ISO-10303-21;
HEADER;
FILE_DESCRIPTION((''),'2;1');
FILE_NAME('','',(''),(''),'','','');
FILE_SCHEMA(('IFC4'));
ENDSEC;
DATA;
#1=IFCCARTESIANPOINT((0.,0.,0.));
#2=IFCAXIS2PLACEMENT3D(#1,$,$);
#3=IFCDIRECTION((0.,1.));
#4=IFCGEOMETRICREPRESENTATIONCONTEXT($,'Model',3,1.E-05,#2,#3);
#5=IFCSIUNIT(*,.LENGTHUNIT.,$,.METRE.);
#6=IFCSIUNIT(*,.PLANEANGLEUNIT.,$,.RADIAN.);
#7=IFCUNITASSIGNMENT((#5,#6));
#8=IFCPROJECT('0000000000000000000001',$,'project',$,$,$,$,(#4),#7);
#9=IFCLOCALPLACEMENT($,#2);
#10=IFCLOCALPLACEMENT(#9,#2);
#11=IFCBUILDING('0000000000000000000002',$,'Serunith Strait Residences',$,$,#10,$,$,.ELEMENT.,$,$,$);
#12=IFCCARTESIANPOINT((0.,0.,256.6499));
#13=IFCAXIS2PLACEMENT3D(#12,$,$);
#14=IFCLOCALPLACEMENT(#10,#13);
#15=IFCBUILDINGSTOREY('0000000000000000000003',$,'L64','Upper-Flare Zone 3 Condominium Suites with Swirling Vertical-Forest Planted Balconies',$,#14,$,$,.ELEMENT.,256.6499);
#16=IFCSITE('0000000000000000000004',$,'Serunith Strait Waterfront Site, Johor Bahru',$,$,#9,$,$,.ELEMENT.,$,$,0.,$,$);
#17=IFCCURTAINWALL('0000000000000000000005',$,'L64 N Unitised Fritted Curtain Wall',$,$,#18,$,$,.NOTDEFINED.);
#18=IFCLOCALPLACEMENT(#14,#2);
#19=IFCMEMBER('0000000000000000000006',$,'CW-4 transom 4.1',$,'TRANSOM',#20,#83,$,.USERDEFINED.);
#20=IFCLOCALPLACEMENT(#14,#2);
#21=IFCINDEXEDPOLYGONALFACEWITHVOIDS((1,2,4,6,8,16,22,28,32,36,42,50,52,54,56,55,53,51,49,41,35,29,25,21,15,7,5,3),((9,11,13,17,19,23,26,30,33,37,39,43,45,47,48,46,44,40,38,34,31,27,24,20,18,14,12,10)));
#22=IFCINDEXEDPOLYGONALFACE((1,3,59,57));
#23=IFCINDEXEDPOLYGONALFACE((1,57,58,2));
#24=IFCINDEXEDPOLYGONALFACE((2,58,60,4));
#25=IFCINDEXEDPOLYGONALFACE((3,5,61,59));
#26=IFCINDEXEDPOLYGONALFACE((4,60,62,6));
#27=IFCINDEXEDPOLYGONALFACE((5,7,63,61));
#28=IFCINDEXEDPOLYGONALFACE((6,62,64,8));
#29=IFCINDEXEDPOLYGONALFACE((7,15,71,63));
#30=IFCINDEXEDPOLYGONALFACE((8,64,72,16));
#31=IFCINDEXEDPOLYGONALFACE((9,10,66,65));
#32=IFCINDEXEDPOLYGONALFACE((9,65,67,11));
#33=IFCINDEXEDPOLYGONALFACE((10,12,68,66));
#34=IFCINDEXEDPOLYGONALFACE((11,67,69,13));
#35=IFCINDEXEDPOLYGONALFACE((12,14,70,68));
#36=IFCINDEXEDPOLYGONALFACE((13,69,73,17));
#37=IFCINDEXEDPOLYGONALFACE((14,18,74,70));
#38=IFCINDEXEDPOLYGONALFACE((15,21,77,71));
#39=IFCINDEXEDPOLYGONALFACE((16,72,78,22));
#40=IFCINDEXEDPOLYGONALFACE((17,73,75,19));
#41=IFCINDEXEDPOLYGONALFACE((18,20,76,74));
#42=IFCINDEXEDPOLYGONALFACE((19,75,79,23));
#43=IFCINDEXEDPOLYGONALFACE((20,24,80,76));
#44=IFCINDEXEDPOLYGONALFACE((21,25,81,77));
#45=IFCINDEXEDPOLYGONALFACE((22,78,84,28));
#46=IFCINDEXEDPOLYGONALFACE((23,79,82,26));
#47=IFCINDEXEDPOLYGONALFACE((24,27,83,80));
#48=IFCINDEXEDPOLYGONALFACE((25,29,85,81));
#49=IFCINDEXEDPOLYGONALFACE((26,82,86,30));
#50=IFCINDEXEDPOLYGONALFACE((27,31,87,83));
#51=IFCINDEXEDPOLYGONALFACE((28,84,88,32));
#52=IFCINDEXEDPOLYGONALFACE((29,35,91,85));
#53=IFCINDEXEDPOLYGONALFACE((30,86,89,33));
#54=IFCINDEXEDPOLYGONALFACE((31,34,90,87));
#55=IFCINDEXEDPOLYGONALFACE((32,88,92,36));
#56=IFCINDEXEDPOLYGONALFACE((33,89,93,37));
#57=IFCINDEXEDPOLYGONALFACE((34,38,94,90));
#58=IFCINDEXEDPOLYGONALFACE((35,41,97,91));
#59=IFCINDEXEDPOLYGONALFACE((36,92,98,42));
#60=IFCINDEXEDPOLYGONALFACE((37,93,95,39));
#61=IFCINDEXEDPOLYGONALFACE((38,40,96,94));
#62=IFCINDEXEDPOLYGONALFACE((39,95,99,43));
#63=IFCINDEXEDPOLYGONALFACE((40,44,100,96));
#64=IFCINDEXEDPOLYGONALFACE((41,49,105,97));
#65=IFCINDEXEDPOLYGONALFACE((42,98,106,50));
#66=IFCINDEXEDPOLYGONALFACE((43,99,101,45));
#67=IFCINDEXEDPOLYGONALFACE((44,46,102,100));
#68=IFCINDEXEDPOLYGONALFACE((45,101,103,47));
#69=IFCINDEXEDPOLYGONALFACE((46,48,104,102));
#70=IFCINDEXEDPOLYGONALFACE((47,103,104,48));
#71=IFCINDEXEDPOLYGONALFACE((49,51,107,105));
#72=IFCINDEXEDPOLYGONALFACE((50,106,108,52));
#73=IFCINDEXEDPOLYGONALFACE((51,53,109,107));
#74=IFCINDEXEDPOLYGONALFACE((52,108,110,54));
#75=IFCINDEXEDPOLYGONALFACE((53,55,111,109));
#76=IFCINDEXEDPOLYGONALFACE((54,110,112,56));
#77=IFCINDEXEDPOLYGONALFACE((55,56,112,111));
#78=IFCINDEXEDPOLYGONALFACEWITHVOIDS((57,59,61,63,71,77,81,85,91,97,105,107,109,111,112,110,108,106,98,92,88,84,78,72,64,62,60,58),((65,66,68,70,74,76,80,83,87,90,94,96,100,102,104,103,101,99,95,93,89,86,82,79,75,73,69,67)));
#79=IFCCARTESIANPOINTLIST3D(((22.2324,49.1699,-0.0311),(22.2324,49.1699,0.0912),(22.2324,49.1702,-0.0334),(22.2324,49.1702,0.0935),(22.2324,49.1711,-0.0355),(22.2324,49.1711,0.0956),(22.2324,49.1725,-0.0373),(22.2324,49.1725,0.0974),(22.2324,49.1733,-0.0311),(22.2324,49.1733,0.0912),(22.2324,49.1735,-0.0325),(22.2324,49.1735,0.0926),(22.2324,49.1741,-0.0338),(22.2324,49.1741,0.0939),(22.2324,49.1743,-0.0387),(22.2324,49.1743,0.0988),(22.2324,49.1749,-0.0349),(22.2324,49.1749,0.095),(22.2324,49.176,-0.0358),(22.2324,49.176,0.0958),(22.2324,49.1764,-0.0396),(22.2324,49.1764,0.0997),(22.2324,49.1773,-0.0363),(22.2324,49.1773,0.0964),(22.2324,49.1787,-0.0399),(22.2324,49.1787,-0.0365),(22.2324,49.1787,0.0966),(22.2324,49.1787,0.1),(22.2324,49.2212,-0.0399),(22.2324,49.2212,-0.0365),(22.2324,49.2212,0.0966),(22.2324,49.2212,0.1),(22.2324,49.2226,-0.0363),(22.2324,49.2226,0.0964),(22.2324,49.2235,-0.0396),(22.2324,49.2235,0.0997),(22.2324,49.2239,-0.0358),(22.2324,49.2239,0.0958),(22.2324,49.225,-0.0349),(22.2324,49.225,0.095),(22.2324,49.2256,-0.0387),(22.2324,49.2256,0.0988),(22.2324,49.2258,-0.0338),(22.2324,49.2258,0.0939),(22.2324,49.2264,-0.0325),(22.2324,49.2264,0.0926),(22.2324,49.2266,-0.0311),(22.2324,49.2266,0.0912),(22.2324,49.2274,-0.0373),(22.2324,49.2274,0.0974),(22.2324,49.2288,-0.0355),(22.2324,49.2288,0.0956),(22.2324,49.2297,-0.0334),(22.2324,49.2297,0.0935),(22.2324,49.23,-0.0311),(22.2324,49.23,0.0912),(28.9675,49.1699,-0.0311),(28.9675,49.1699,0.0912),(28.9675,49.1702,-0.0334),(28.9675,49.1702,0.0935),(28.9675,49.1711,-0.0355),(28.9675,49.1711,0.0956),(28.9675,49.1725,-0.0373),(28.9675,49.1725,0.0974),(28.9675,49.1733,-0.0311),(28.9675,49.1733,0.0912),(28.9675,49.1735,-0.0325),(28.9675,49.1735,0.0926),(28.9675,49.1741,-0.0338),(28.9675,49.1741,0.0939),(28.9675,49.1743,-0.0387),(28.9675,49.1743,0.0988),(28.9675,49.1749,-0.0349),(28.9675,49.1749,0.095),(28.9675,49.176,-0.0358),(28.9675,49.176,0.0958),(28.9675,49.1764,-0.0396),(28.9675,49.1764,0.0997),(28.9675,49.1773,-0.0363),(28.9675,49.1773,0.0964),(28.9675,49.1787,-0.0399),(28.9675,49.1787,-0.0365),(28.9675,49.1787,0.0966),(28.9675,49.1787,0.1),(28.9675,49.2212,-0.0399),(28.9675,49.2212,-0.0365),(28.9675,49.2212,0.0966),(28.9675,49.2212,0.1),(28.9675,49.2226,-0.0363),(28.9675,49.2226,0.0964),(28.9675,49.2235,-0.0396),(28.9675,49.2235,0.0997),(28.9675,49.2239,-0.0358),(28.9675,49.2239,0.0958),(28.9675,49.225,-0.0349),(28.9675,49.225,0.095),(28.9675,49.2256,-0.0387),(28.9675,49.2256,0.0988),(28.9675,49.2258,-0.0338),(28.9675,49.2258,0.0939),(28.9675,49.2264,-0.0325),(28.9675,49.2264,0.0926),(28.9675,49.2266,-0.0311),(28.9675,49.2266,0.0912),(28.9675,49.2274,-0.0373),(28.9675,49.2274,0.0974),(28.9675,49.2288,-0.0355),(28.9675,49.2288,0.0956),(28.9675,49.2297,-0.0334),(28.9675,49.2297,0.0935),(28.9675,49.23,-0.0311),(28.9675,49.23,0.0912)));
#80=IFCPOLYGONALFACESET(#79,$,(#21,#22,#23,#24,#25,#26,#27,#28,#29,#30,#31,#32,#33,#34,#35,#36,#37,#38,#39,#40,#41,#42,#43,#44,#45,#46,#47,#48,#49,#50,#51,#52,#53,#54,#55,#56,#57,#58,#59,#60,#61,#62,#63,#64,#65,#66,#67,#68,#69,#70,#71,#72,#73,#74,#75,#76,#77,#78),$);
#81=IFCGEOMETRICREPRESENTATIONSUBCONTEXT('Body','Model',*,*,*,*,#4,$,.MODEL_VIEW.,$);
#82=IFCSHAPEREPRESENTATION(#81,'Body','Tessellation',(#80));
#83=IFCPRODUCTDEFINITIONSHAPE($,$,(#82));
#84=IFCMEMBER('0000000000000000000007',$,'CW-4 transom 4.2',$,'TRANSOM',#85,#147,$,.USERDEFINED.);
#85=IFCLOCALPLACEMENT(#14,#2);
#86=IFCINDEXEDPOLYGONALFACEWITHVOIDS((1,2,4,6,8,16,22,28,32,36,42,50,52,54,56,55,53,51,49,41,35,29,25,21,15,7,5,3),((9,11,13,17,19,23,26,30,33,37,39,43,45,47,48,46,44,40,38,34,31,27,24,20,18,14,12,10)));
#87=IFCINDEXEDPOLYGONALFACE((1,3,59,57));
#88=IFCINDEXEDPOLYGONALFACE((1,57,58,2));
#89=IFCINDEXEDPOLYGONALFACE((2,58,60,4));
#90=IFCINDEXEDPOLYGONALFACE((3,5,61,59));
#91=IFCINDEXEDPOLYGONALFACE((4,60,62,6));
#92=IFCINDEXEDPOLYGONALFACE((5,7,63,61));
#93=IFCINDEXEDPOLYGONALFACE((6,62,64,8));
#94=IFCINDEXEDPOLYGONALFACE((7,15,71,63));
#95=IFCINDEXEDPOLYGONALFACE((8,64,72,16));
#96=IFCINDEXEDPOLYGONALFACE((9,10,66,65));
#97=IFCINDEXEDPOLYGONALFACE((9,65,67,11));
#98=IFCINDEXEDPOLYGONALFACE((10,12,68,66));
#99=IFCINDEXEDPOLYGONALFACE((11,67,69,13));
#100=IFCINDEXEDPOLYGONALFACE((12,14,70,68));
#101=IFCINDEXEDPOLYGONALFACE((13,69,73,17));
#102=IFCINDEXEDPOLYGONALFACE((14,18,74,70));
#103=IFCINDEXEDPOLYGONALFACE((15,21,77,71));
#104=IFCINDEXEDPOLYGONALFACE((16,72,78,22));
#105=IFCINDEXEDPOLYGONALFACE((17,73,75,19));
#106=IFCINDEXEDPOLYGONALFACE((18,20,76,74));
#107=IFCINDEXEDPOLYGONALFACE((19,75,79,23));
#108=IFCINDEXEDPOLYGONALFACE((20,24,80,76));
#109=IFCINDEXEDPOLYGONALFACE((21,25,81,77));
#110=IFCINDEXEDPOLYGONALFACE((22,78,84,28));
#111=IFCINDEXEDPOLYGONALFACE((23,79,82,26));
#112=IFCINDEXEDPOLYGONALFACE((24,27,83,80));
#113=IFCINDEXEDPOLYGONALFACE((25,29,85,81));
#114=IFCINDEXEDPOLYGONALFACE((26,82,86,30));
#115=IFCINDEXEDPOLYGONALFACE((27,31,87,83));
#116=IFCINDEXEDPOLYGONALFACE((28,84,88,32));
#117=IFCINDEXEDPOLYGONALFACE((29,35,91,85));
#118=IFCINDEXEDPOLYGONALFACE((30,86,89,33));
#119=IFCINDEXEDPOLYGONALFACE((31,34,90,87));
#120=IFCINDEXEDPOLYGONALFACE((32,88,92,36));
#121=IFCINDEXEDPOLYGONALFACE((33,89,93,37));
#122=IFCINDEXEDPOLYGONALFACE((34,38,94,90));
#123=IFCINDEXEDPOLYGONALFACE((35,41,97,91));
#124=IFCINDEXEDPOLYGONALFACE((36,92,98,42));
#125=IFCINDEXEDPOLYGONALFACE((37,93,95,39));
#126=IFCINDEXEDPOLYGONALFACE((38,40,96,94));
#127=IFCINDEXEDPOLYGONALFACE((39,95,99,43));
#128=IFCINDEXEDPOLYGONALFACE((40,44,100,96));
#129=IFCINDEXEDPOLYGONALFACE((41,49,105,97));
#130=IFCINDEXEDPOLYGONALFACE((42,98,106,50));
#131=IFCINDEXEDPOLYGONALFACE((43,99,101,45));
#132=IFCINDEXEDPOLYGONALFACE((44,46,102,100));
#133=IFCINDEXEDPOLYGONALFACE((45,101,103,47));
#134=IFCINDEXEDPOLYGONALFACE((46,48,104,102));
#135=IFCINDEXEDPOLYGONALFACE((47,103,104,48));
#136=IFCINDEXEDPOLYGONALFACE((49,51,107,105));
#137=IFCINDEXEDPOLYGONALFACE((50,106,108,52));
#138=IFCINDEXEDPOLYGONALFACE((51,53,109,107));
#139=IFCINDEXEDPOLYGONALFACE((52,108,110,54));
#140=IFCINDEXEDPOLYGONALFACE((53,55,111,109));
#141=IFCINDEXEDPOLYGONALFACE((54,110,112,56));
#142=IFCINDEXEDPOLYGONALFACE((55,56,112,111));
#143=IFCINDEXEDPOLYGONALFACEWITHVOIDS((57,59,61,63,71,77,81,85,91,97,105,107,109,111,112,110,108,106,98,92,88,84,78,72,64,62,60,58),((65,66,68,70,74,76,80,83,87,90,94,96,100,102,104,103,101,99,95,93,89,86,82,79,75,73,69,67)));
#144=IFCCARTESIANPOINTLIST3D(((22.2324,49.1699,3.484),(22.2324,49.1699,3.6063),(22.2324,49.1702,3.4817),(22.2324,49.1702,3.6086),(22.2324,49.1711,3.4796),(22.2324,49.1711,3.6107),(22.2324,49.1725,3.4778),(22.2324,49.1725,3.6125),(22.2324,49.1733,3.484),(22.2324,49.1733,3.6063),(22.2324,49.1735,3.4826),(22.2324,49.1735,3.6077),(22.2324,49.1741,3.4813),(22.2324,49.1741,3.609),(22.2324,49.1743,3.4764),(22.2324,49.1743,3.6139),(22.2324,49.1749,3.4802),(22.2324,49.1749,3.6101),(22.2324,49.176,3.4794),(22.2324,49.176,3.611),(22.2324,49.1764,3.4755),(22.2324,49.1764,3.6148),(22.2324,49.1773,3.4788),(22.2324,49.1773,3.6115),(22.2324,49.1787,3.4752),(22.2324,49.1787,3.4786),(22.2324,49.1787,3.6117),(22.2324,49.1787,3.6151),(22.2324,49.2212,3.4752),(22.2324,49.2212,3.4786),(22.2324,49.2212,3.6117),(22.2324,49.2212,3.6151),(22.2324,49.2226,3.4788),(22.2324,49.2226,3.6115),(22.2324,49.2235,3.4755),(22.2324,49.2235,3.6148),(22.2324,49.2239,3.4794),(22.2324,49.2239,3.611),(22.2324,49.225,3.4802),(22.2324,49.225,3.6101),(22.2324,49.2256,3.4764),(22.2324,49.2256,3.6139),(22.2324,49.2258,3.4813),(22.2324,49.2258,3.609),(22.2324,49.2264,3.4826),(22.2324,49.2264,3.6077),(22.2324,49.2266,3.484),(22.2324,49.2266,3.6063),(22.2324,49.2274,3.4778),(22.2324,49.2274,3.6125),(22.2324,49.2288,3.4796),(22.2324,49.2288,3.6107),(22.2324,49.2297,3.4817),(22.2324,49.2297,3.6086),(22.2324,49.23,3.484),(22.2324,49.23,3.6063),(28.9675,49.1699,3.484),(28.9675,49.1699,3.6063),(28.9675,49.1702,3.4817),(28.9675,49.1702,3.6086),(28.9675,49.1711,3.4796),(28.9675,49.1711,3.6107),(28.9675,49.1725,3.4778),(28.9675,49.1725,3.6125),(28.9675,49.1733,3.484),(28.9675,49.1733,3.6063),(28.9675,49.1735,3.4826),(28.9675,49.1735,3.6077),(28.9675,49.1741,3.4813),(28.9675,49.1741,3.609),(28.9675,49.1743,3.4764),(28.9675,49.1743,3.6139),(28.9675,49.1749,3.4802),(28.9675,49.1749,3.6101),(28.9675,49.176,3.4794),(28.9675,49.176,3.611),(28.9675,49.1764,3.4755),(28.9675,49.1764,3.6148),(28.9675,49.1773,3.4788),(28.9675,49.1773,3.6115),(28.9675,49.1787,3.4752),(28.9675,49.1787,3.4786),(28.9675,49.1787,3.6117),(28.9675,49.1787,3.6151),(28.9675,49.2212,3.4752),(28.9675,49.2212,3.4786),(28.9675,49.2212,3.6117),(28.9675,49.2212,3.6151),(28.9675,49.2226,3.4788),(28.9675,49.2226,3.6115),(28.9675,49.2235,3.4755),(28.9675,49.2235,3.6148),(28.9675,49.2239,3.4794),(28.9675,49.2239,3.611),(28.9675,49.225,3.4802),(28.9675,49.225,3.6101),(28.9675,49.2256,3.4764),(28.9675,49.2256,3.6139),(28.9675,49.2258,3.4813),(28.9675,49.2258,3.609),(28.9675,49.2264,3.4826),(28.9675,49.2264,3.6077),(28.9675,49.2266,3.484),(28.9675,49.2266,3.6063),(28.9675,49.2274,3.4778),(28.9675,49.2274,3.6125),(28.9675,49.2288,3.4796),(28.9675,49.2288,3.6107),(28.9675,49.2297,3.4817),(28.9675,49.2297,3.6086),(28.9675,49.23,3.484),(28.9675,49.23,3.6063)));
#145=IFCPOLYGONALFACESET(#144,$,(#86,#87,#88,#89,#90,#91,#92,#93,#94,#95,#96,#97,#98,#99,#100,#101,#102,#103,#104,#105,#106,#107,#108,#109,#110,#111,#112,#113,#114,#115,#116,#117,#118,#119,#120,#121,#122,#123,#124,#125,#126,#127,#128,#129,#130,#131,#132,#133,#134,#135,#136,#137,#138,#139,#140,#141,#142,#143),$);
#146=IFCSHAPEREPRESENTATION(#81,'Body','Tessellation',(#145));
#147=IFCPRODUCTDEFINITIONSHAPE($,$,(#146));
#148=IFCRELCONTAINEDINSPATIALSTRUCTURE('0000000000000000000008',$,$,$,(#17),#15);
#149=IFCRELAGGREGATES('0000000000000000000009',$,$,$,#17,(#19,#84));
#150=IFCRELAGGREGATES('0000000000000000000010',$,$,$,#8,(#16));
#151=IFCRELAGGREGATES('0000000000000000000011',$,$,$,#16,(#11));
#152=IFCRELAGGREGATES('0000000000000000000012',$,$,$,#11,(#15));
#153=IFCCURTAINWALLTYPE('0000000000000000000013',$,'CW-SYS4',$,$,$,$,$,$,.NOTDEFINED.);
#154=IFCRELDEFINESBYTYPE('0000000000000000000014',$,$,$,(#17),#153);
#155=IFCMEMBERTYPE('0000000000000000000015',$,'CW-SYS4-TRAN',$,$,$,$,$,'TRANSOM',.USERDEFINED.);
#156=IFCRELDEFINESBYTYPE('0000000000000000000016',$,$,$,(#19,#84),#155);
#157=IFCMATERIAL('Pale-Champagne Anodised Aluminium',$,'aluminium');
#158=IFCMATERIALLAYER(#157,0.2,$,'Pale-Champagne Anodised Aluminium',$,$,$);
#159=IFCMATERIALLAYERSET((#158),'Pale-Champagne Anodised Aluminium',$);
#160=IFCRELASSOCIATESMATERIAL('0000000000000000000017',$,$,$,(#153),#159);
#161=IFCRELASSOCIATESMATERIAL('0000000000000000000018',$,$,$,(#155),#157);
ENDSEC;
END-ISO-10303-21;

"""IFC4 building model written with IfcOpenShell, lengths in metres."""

from ifc_helpers import new_model, si_unit, direction, frame, origin, origin_2d, place, context, subcontext, project, spatial, hollow_rectangle, extrude, source, transform, mapped, material, layer, layer_set, material_profile, profile_set, type_object, element, aggregate, save


model = new_model("IFC4")

# Units and contexts
model_context = context("Model", 3, precision=1e-05, world=origin(), true_north=direction((0.0, 1.0)))
body_context = subcontext(model_context, "Body", "Model", "MODEL_VIEW")
ifc_project = project(units=[si_unit("LENGTHUNIT", "METRE"), si_unit("PLANEANGLEUNIT", "RADIAN")], contexts=[model_context])

# Site, building, storey
site_placement = place(None, origin())
site = spatial("IfcSite", under=ifc_project, at=site_placement, Name="Serunith Strait Waterfront Site, Johor Bahru", CompositionType="ELEMENT", RefElevation=0.0)
building_placement = place(site_placement, origin())
building = spatial("IfcBuilding", under=site, at=building_placement, Name="Serunith Strait Residences", CompositionType="ELEMENT")
storey_placement = place(building_placement, frame((0.0, 0.0, 256.6499)))
storey = spatial("IfcBuildingStorey", under=building, at=storey_placement, Name="L64", Description="Upper-Flare Zone 3 Condominium Suites with Swirling Vertical-Forest Planted Balconies", CompositionType="ELEMENT", Elevation=256.6499)

# Curtain wall, members
ifc_material_1 = material(Name="Pale-Champagne Anodised Aluminium", Category="aluminium")
ifc_layer_1 = layer(ifc_material_1, 0.2, Name="Pale-Champagne Anodised Aluminium")
ifc_layer_set_1 = layer_set([ifc_layer_1], Name="Pale-Champagne Anodised Aluminium")
curtain_wall_type = type_object("IfcCurtainWallType", Name="CW-SYS4", PredefinedType="NOTDEFINED", material=ifc_layer_set_1)
curtain_wall_placement = place(storey_placement, origin())
curtain_wall = element("IfcCurtainWall", 1, at=curtain_wall_placement, inside=storey, type_object=curtain_wall_type, Name="L64 N Unitised Fritted Curtain Wall", PredefinedType="NOTDEFINED")
ifc_material_profile_1 = material_profile(ifc_material_1, hollow_rectangle(XDim=0.0601, YDim=0.1399, WallThickness=0.0034, InnerFilletRadius=0.0054, OuterFilletRadius=0.0088, at=origin_2d()), Name="ALU 140x60x3.5")
ifc_profile_set_1 = profile_set([ifc_material_profile_1], Name="Pale-Champagne Anodised Aluminium")
member_type_1 = type_object("IfcMemberType", Name="CW-SYS4-TRAN", ElementType="TRANSOM", PredefinedType="USERDEFINED", material=ifc_profile_set_1)
shared_shape_1 = source(origin(), body_context, "Body", "SweptSolid", [
    extrude(hollow_rectangle(XDim=0.0601, YDim=0.1399, WallThickness=0.0034, InnerFilletRadius=0.0054, OuterFilletRadius=0.0088, at=origin_2d()), origin(), (0.0, 0.0, 1.0), 6.7351),
])
member_1_placement = place(storey_placement, frame((28.9675, 49.2, 0.03), z_axis=(-1.0, 0.0, 0.0), x_axis=(0.0, -1.0, 0.0)))
member_1 = element("IfcMember", 2, at=member_1_placement, type_object=member_type_1, Name="CW-4 transom 4.1", ObjectType="TRANSOM", PredefinedType="USERDEFINED", context=body_context, shape_type="MappedRepresentation", body=[
    mapped(shared_shape_1, transform((0.0, 0.0, 0.0), scale=1.0)),
])
member_2_placement = place(storey_placement, frame((28.9675, 49.2, 3.5452), z_axis=(-1.0, 0.0, 0.0), x_axis=(0.0, -1.0, 0.0)))
member_2 = element("IfcMember", 3, at=member_2_placement, type_object=member_type_1, Name="CW-4 transom 4.2", ObjectType="TRANSOM", PredefinedType="USERDEFINED", context=body_context, shape_type="MappedRepresentation", body=[
    mapped(shared_shape_1, transform((0.0, 0.0, 0.0), scale=1.0)),
])
aggregate(curtain_wall, [member_1, member_2])

save(model, "model.ifc")
